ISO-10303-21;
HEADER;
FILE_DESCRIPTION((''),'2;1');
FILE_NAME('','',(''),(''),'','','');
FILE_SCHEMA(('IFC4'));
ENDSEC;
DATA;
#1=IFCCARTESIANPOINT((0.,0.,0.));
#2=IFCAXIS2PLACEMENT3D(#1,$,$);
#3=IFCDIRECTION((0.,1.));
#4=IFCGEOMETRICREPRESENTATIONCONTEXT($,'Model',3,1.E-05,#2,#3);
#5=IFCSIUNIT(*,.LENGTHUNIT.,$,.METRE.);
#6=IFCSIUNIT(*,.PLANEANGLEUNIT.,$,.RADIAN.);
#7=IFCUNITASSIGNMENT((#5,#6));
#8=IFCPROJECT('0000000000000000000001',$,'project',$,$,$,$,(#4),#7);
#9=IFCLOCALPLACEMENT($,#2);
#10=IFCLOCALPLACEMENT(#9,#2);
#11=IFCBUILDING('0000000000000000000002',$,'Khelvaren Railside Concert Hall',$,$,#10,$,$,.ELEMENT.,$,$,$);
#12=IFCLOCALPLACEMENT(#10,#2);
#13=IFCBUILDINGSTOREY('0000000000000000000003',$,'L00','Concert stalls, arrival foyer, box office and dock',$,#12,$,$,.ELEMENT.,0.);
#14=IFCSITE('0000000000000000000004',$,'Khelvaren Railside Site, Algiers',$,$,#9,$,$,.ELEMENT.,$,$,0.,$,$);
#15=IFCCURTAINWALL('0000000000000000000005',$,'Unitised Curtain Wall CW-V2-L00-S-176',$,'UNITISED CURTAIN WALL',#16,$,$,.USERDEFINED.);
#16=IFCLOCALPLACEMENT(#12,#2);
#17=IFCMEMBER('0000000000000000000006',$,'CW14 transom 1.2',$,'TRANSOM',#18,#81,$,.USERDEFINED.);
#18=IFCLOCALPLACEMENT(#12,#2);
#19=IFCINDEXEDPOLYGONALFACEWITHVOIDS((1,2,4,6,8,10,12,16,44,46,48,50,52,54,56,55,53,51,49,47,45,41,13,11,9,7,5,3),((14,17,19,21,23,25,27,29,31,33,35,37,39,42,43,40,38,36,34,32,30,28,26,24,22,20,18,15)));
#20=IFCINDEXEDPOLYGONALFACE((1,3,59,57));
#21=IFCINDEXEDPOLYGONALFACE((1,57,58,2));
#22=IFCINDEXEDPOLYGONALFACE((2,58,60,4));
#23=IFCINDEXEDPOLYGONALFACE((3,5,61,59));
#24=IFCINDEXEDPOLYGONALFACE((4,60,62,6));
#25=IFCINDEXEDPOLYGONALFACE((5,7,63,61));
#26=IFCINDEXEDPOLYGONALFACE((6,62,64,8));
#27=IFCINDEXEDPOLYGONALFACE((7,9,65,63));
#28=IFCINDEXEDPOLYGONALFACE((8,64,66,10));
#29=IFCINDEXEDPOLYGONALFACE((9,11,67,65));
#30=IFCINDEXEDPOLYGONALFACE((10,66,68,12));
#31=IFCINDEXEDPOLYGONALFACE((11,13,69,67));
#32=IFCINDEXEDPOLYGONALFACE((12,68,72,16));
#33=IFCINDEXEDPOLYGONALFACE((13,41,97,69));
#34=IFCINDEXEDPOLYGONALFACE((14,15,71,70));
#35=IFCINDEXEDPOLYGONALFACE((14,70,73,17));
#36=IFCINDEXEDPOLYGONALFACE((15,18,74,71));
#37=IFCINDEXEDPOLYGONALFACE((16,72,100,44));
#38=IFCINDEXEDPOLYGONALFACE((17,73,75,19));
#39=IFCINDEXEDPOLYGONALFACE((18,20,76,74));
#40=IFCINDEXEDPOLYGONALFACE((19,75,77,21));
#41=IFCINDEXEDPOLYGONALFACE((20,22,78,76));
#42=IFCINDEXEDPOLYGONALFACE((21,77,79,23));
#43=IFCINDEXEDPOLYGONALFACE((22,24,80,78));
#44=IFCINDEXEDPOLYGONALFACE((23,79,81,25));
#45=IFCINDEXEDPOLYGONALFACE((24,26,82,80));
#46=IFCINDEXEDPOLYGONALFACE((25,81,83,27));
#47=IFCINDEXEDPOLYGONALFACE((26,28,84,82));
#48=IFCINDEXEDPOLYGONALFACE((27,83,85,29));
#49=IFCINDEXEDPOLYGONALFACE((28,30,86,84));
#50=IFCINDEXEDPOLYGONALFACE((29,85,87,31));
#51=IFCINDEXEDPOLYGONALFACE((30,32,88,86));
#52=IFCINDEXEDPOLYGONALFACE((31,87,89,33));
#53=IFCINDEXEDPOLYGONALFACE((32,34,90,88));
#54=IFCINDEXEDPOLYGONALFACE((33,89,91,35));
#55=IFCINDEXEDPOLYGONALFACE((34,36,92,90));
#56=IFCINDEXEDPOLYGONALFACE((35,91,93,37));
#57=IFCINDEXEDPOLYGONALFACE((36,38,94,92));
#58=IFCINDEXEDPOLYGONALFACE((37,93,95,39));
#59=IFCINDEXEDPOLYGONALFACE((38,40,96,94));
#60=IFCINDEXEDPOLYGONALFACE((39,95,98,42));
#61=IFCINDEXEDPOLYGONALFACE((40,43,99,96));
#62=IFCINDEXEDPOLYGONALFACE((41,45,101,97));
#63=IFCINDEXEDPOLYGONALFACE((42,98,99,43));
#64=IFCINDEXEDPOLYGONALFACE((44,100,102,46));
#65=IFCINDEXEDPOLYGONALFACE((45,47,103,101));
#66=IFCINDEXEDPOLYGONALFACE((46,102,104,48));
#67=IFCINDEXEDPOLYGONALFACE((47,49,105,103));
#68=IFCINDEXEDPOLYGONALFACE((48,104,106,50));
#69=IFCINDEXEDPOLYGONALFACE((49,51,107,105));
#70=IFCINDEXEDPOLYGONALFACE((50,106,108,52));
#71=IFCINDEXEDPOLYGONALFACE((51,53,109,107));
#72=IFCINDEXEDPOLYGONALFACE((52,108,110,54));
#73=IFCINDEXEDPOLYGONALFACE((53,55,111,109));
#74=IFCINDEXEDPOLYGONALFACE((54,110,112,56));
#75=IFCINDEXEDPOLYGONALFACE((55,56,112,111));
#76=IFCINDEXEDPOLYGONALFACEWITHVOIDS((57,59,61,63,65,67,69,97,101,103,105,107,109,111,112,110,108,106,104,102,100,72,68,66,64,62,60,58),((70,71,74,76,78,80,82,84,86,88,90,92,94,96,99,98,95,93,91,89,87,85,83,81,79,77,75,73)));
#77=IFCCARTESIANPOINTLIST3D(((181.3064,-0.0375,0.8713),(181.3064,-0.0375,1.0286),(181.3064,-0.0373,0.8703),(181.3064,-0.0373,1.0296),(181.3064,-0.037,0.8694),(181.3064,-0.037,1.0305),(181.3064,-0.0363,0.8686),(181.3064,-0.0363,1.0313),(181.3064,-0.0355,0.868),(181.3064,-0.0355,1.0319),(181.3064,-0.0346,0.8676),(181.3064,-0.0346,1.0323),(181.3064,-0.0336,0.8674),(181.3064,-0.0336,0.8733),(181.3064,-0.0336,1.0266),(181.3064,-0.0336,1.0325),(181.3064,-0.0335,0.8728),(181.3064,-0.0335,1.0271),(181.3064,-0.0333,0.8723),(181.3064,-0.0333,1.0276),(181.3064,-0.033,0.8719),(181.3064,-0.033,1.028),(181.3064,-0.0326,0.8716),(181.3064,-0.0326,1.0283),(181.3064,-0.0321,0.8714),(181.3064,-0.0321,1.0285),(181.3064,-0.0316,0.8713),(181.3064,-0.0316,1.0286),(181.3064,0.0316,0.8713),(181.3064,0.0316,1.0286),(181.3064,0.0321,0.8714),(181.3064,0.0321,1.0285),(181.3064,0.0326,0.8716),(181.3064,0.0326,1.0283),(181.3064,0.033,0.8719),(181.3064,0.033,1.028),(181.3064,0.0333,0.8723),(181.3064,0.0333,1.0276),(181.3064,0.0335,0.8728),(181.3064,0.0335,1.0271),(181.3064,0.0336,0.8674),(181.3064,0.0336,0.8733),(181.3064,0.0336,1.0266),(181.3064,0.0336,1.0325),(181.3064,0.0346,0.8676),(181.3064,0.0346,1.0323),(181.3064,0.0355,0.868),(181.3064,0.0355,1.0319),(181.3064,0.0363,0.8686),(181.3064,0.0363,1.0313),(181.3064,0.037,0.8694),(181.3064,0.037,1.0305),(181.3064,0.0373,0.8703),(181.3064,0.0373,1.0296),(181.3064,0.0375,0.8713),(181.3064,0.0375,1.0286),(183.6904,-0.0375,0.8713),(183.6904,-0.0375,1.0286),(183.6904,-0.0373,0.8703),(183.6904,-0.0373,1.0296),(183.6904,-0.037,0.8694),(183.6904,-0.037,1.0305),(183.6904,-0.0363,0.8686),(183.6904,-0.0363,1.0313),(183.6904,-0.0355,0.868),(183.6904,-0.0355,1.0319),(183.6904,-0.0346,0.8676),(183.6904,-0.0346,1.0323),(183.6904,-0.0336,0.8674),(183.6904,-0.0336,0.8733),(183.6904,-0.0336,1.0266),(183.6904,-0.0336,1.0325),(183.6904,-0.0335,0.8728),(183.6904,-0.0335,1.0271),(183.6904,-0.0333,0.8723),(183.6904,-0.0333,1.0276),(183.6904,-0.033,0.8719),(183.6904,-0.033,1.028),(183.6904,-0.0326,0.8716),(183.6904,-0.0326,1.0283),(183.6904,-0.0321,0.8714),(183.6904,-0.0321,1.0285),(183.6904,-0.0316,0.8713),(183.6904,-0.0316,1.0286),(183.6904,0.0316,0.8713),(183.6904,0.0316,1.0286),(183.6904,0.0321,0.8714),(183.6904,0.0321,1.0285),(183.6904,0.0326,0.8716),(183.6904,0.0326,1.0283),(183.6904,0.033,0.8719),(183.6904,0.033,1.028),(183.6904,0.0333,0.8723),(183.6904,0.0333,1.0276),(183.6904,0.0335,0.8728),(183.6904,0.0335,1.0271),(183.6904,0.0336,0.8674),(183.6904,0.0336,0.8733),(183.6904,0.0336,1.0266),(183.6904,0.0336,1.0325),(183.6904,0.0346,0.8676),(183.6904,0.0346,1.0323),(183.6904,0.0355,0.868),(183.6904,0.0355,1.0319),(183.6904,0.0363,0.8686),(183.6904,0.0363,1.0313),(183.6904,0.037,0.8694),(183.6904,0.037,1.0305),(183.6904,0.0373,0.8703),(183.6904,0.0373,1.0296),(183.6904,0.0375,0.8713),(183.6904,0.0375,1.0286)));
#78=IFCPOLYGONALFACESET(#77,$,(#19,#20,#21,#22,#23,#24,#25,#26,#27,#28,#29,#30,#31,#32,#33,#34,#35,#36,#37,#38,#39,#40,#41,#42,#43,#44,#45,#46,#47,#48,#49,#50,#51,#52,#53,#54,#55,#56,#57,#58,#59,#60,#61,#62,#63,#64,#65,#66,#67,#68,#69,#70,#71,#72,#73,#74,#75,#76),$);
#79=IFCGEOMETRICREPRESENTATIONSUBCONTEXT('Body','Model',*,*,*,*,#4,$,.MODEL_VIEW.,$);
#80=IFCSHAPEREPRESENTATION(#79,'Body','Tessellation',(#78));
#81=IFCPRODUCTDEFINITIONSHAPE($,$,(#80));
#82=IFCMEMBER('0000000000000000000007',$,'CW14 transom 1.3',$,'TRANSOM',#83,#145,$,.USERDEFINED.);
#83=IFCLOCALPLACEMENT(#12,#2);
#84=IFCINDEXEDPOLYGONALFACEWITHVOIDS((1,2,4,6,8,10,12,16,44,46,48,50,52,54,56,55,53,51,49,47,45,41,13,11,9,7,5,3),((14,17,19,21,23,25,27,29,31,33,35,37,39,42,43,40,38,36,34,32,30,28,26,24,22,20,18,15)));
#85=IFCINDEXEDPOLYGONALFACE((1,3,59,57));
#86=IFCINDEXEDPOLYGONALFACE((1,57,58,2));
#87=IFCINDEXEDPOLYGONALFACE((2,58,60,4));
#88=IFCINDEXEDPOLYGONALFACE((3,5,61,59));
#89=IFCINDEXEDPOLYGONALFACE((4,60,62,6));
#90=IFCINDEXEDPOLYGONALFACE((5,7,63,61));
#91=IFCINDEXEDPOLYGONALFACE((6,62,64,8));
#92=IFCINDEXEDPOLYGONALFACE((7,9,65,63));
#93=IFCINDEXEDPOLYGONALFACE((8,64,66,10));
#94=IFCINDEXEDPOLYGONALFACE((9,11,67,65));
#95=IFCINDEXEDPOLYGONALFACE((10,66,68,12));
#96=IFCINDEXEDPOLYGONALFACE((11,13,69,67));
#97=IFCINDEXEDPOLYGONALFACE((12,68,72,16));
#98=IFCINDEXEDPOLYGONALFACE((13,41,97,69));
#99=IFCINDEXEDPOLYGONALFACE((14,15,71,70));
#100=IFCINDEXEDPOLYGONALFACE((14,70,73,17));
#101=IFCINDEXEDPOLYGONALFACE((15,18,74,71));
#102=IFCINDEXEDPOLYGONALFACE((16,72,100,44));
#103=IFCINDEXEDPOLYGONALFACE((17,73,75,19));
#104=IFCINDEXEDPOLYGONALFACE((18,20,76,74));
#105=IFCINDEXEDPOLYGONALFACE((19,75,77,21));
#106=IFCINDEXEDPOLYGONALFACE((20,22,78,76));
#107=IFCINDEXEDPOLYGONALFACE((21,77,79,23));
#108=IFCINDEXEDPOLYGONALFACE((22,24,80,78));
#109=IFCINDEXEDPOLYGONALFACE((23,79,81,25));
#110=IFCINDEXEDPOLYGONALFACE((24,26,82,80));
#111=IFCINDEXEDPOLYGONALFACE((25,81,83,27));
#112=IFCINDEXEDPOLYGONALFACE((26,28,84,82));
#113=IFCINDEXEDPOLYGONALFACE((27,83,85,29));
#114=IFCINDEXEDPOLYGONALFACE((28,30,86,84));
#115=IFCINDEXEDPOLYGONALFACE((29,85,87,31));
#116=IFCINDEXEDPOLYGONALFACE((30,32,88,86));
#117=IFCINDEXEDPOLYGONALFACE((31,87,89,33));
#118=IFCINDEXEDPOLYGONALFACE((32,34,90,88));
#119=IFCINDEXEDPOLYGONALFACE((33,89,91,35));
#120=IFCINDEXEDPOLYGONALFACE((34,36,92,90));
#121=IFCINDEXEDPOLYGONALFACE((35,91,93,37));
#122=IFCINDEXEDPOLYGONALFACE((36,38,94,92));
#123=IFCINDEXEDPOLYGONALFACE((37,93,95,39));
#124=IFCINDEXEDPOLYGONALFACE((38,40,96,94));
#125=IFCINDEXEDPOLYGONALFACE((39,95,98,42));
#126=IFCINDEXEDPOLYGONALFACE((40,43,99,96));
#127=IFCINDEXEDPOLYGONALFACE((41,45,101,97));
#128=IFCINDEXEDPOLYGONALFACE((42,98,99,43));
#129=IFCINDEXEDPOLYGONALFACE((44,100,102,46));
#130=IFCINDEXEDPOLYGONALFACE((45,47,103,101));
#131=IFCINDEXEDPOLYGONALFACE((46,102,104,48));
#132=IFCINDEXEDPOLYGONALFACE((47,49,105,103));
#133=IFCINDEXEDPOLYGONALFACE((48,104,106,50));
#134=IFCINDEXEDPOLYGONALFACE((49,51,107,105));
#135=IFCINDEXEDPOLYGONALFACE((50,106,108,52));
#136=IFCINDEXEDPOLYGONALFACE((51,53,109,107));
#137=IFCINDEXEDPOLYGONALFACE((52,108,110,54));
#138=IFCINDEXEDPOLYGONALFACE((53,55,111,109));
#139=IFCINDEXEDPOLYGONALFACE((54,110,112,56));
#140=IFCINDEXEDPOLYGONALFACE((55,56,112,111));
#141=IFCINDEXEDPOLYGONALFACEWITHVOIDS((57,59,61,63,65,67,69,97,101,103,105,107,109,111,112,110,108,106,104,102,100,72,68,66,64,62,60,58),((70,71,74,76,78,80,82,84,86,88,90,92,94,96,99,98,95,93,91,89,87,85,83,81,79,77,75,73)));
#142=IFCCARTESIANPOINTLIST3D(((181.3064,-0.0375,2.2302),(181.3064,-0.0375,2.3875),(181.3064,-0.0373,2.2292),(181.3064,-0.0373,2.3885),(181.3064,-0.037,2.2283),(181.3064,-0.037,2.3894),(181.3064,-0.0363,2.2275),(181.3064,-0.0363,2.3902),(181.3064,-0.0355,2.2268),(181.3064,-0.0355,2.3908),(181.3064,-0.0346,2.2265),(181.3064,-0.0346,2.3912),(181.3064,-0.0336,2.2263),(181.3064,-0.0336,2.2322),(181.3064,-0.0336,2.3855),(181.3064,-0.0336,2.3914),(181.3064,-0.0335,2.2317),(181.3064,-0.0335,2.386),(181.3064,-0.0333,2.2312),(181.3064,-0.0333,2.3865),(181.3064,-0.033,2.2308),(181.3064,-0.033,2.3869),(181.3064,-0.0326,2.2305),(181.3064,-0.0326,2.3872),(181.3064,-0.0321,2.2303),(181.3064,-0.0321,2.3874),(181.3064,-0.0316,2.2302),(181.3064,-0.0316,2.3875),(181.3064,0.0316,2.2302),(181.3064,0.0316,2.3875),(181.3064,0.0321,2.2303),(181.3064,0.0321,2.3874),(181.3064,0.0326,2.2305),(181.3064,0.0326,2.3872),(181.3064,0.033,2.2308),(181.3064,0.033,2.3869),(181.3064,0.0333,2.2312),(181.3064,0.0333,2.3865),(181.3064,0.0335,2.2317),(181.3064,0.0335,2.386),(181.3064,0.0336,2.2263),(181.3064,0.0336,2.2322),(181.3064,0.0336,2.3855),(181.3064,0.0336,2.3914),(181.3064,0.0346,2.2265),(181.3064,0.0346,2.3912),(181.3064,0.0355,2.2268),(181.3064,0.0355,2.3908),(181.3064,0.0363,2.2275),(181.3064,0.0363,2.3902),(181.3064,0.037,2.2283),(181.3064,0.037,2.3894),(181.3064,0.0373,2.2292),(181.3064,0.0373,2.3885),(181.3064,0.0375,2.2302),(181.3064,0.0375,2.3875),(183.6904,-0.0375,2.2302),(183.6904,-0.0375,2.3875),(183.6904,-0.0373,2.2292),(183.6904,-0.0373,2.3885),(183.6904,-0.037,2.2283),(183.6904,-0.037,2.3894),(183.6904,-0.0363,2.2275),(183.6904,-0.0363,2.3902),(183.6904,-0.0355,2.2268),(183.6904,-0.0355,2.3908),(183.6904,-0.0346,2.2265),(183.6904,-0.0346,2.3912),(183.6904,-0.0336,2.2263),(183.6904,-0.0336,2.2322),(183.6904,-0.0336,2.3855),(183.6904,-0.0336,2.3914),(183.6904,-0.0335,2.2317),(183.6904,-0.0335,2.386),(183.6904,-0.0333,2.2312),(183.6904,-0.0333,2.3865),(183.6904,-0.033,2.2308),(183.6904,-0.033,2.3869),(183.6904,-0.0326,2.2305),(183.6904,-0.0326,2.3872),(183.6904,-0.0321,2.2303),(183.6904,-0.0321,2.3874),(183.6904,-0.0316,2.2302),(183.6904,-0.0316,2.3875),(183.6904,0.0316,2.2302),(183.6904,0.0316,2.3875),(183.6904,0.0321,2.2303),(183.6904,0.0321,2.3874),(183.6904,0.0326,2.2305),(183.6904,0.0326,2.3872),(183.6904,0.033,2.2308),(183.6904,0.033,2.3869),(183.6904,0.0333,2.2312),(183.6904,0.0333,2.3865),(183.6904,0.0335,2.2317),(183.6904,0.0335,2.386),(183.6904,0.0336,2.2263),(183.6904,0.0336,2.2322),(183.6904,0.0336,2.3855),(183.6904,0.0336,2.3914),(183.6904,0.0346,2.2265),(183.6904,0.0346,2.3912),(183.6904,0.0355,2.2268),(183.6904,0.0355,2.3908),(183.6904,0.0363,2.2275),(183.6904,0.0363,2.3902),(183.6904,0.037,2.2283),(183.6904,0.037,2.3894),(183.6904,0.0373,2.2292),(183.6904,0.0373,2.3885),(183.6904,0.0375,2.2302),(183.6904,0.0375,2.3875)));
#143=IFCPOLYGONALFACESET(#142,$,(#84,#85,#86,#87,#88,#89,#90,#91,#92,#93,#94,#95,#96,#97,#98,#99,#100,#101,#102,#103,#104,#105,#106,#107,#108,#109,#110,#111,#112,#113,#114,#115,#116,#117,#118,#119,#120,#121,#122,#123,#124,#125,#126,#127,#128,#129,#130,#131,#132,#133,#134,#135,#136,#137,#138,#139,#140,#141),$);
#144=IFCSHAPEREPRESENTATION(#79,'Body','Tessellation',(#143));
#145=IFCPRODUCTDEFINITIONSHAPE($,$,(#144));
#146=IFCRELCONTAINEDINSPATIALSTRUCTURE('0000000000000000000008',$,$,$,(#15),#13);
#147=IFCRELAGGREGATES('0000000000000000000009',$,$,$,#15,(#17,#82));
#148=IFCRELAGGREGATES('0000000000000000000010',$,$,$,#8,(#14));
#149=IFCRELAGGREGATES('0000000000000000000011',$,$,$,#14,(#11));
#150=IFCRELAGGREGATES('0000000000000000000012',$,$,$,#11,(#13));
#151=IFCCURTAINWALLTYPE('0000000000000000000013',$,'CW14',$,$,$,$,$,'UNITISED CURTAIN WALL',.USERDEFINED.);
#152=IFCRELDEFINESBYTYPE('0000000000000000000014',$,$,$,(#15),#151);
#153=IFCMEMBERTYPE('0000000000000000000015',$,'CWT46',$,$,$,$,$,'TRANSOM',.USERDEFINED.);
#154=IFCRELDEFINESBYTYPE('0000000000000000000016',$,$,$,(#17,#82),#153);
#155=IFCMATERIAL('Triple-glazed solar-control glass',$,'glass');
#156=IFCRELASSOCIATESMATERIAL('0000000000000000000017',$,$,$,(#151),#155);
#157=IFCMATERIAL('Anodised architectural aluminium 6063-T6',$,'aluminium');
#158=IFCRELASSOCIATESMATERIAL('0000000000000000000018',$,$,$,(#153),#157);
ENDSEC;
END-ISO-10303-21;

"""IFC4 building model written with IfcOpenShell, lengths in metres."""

from ifc_helpers import new_model, si_unit, direction, frame, origin, origin_2d, place, context, subcontext, project, spatial, hollow_rectangle, extrude, material, material_profile, profile_set, type_object, element, aggregate, save


model = new_model("IFC4")

# Units and contexts
model_context = context("Model", 3, precision=1e-05, world=origin(), true_north=direction((0.0, 1.0)))
body_context = subcontext(model_context, "Body", "Model", "MODEL_VIEW")
ifc_project = project(units=[si_unit("LENGTHUNIT", "METRE"), si_unit("PLANEANGLEUNIT", "RADIAN")], contexts=[model_context])

# Site, building, storey
site_placement = place(None, origin())
site = spatial("IfcSite", under=ifc_project, at=site_placement, Name="Khelvaren Railside Site, Algiers", CompositionType="ELEMENT", RefElevation=0.0)
building_placement = place(site_placement, origin())
building = spatial("IfcBuilding", under=site, at=building_placement, Name="Khelvaren Railside Concert Hall", CompositionType="ELEMENT")
storey_placement = place(building_placement, origin())
storey = spatial("IfcBuildingStorey", under=building, at=storey_placement, Name="L00", Description="Concert stalls, arrival foyer, box office and dock", CompositionType="ELEMENT", Elevation=0.0)

# Curtain wall
ifc_material_1 = material(Name="Triple-glazed solar-control glass", Category="glass")
curtain_wall_type_1 = type_object("IfcCurtainWallType", Name="CW14", ElementType="UNITISED CURTAIN WALL", PredefinedType="USERDEFINED", material=ifc_material_1)
curtain_wall_1_placement = place(storey_placement, origin())
curtain_wall_1 = element("IfcCurtainWall", 1, at=curtain_wall_1_placement, inside=storey, type_object=curtain_wall_type_1, Name="Unitised Curtain Wall CW-V2-L00-S-176", ObjectType="UNITISED CURTAIN WALL", PredefinedType="USERDEFINED")
ifc_material_2 = material(Name="Anodised architectural aluminium 6063-T6", Category="aluminium")

# Members
ifc_material_profile_1 = material_profile(ifc_material_2, hollow_rectangle(XDim=0.075, YDim=0.165, WallThickness=0.0039, InnerFilletRadius=0.002, OuterFilletRadius=0.0039, at=origin_2d()), Name="CWT 75x165x4")
ifc_profile_set_1 = profile_set([ifc_material_profile_1], Name="Anodised architectural aluminium 6063-T6")
member_type_1 = type_object("IfcMemberType", Name="CWT46", ElementType="TRANSOM", PredefinedType="USERDEFINED", material=ifc_profile_set_1)
member_1_placement = place(storey_placement, frame((183.6904, 0.0, 0.95), z_axis=(-1.0, 0.0, 0.0), x_axis=(0.0, -1.0, 0.0)))
member_1 = element("IfcMember", 2, at=member_1_placement, type_object=member_type_1, Name="CW14 transom 1.2", ObjectType="TRANSOM", PredefinedType="USERDEFINED", context=body_context, shape_type="SweptSolid", body=[
    extrude(hollow_rectangle(XDim=0.075, YDim=0.165, WallThickness=0.0039, InnerFilletRadius=0.002, OuterFilletRadius=0.0039, at=origin_2d()), origin(), (0.0, 0.0, 1.0), 2.384),
])
member_2_placement = place(storey_placement, frame((183.6904, 0.0, 2.3088), z_axis=(-1.0, 0.0, 0.0), x_axis=(0.0, -1.0, 0.0)))
member_2 = element("IfcMember", 3, at=member_2_placement, type_object=member_type_1, Name="CW14 transom 1.3", ObjectType="TRANSOM", PredefinedType="USERDEFINED", context=body_context, shape_type="SweptSolid", body=[
    extrude(hollow_rectangle(XDim=0.075, YDim=0.165, WallThickness=0.0039, InnerFilletRadius=0.002, OuterFilletRadius=0.0039, at=origin_2d()), origin(), (0.0, 0.0, 1.0), 2.384),
])

aggregate(curtain_wall_1, [member_1, member_2])

save(model, "model.ifc")
